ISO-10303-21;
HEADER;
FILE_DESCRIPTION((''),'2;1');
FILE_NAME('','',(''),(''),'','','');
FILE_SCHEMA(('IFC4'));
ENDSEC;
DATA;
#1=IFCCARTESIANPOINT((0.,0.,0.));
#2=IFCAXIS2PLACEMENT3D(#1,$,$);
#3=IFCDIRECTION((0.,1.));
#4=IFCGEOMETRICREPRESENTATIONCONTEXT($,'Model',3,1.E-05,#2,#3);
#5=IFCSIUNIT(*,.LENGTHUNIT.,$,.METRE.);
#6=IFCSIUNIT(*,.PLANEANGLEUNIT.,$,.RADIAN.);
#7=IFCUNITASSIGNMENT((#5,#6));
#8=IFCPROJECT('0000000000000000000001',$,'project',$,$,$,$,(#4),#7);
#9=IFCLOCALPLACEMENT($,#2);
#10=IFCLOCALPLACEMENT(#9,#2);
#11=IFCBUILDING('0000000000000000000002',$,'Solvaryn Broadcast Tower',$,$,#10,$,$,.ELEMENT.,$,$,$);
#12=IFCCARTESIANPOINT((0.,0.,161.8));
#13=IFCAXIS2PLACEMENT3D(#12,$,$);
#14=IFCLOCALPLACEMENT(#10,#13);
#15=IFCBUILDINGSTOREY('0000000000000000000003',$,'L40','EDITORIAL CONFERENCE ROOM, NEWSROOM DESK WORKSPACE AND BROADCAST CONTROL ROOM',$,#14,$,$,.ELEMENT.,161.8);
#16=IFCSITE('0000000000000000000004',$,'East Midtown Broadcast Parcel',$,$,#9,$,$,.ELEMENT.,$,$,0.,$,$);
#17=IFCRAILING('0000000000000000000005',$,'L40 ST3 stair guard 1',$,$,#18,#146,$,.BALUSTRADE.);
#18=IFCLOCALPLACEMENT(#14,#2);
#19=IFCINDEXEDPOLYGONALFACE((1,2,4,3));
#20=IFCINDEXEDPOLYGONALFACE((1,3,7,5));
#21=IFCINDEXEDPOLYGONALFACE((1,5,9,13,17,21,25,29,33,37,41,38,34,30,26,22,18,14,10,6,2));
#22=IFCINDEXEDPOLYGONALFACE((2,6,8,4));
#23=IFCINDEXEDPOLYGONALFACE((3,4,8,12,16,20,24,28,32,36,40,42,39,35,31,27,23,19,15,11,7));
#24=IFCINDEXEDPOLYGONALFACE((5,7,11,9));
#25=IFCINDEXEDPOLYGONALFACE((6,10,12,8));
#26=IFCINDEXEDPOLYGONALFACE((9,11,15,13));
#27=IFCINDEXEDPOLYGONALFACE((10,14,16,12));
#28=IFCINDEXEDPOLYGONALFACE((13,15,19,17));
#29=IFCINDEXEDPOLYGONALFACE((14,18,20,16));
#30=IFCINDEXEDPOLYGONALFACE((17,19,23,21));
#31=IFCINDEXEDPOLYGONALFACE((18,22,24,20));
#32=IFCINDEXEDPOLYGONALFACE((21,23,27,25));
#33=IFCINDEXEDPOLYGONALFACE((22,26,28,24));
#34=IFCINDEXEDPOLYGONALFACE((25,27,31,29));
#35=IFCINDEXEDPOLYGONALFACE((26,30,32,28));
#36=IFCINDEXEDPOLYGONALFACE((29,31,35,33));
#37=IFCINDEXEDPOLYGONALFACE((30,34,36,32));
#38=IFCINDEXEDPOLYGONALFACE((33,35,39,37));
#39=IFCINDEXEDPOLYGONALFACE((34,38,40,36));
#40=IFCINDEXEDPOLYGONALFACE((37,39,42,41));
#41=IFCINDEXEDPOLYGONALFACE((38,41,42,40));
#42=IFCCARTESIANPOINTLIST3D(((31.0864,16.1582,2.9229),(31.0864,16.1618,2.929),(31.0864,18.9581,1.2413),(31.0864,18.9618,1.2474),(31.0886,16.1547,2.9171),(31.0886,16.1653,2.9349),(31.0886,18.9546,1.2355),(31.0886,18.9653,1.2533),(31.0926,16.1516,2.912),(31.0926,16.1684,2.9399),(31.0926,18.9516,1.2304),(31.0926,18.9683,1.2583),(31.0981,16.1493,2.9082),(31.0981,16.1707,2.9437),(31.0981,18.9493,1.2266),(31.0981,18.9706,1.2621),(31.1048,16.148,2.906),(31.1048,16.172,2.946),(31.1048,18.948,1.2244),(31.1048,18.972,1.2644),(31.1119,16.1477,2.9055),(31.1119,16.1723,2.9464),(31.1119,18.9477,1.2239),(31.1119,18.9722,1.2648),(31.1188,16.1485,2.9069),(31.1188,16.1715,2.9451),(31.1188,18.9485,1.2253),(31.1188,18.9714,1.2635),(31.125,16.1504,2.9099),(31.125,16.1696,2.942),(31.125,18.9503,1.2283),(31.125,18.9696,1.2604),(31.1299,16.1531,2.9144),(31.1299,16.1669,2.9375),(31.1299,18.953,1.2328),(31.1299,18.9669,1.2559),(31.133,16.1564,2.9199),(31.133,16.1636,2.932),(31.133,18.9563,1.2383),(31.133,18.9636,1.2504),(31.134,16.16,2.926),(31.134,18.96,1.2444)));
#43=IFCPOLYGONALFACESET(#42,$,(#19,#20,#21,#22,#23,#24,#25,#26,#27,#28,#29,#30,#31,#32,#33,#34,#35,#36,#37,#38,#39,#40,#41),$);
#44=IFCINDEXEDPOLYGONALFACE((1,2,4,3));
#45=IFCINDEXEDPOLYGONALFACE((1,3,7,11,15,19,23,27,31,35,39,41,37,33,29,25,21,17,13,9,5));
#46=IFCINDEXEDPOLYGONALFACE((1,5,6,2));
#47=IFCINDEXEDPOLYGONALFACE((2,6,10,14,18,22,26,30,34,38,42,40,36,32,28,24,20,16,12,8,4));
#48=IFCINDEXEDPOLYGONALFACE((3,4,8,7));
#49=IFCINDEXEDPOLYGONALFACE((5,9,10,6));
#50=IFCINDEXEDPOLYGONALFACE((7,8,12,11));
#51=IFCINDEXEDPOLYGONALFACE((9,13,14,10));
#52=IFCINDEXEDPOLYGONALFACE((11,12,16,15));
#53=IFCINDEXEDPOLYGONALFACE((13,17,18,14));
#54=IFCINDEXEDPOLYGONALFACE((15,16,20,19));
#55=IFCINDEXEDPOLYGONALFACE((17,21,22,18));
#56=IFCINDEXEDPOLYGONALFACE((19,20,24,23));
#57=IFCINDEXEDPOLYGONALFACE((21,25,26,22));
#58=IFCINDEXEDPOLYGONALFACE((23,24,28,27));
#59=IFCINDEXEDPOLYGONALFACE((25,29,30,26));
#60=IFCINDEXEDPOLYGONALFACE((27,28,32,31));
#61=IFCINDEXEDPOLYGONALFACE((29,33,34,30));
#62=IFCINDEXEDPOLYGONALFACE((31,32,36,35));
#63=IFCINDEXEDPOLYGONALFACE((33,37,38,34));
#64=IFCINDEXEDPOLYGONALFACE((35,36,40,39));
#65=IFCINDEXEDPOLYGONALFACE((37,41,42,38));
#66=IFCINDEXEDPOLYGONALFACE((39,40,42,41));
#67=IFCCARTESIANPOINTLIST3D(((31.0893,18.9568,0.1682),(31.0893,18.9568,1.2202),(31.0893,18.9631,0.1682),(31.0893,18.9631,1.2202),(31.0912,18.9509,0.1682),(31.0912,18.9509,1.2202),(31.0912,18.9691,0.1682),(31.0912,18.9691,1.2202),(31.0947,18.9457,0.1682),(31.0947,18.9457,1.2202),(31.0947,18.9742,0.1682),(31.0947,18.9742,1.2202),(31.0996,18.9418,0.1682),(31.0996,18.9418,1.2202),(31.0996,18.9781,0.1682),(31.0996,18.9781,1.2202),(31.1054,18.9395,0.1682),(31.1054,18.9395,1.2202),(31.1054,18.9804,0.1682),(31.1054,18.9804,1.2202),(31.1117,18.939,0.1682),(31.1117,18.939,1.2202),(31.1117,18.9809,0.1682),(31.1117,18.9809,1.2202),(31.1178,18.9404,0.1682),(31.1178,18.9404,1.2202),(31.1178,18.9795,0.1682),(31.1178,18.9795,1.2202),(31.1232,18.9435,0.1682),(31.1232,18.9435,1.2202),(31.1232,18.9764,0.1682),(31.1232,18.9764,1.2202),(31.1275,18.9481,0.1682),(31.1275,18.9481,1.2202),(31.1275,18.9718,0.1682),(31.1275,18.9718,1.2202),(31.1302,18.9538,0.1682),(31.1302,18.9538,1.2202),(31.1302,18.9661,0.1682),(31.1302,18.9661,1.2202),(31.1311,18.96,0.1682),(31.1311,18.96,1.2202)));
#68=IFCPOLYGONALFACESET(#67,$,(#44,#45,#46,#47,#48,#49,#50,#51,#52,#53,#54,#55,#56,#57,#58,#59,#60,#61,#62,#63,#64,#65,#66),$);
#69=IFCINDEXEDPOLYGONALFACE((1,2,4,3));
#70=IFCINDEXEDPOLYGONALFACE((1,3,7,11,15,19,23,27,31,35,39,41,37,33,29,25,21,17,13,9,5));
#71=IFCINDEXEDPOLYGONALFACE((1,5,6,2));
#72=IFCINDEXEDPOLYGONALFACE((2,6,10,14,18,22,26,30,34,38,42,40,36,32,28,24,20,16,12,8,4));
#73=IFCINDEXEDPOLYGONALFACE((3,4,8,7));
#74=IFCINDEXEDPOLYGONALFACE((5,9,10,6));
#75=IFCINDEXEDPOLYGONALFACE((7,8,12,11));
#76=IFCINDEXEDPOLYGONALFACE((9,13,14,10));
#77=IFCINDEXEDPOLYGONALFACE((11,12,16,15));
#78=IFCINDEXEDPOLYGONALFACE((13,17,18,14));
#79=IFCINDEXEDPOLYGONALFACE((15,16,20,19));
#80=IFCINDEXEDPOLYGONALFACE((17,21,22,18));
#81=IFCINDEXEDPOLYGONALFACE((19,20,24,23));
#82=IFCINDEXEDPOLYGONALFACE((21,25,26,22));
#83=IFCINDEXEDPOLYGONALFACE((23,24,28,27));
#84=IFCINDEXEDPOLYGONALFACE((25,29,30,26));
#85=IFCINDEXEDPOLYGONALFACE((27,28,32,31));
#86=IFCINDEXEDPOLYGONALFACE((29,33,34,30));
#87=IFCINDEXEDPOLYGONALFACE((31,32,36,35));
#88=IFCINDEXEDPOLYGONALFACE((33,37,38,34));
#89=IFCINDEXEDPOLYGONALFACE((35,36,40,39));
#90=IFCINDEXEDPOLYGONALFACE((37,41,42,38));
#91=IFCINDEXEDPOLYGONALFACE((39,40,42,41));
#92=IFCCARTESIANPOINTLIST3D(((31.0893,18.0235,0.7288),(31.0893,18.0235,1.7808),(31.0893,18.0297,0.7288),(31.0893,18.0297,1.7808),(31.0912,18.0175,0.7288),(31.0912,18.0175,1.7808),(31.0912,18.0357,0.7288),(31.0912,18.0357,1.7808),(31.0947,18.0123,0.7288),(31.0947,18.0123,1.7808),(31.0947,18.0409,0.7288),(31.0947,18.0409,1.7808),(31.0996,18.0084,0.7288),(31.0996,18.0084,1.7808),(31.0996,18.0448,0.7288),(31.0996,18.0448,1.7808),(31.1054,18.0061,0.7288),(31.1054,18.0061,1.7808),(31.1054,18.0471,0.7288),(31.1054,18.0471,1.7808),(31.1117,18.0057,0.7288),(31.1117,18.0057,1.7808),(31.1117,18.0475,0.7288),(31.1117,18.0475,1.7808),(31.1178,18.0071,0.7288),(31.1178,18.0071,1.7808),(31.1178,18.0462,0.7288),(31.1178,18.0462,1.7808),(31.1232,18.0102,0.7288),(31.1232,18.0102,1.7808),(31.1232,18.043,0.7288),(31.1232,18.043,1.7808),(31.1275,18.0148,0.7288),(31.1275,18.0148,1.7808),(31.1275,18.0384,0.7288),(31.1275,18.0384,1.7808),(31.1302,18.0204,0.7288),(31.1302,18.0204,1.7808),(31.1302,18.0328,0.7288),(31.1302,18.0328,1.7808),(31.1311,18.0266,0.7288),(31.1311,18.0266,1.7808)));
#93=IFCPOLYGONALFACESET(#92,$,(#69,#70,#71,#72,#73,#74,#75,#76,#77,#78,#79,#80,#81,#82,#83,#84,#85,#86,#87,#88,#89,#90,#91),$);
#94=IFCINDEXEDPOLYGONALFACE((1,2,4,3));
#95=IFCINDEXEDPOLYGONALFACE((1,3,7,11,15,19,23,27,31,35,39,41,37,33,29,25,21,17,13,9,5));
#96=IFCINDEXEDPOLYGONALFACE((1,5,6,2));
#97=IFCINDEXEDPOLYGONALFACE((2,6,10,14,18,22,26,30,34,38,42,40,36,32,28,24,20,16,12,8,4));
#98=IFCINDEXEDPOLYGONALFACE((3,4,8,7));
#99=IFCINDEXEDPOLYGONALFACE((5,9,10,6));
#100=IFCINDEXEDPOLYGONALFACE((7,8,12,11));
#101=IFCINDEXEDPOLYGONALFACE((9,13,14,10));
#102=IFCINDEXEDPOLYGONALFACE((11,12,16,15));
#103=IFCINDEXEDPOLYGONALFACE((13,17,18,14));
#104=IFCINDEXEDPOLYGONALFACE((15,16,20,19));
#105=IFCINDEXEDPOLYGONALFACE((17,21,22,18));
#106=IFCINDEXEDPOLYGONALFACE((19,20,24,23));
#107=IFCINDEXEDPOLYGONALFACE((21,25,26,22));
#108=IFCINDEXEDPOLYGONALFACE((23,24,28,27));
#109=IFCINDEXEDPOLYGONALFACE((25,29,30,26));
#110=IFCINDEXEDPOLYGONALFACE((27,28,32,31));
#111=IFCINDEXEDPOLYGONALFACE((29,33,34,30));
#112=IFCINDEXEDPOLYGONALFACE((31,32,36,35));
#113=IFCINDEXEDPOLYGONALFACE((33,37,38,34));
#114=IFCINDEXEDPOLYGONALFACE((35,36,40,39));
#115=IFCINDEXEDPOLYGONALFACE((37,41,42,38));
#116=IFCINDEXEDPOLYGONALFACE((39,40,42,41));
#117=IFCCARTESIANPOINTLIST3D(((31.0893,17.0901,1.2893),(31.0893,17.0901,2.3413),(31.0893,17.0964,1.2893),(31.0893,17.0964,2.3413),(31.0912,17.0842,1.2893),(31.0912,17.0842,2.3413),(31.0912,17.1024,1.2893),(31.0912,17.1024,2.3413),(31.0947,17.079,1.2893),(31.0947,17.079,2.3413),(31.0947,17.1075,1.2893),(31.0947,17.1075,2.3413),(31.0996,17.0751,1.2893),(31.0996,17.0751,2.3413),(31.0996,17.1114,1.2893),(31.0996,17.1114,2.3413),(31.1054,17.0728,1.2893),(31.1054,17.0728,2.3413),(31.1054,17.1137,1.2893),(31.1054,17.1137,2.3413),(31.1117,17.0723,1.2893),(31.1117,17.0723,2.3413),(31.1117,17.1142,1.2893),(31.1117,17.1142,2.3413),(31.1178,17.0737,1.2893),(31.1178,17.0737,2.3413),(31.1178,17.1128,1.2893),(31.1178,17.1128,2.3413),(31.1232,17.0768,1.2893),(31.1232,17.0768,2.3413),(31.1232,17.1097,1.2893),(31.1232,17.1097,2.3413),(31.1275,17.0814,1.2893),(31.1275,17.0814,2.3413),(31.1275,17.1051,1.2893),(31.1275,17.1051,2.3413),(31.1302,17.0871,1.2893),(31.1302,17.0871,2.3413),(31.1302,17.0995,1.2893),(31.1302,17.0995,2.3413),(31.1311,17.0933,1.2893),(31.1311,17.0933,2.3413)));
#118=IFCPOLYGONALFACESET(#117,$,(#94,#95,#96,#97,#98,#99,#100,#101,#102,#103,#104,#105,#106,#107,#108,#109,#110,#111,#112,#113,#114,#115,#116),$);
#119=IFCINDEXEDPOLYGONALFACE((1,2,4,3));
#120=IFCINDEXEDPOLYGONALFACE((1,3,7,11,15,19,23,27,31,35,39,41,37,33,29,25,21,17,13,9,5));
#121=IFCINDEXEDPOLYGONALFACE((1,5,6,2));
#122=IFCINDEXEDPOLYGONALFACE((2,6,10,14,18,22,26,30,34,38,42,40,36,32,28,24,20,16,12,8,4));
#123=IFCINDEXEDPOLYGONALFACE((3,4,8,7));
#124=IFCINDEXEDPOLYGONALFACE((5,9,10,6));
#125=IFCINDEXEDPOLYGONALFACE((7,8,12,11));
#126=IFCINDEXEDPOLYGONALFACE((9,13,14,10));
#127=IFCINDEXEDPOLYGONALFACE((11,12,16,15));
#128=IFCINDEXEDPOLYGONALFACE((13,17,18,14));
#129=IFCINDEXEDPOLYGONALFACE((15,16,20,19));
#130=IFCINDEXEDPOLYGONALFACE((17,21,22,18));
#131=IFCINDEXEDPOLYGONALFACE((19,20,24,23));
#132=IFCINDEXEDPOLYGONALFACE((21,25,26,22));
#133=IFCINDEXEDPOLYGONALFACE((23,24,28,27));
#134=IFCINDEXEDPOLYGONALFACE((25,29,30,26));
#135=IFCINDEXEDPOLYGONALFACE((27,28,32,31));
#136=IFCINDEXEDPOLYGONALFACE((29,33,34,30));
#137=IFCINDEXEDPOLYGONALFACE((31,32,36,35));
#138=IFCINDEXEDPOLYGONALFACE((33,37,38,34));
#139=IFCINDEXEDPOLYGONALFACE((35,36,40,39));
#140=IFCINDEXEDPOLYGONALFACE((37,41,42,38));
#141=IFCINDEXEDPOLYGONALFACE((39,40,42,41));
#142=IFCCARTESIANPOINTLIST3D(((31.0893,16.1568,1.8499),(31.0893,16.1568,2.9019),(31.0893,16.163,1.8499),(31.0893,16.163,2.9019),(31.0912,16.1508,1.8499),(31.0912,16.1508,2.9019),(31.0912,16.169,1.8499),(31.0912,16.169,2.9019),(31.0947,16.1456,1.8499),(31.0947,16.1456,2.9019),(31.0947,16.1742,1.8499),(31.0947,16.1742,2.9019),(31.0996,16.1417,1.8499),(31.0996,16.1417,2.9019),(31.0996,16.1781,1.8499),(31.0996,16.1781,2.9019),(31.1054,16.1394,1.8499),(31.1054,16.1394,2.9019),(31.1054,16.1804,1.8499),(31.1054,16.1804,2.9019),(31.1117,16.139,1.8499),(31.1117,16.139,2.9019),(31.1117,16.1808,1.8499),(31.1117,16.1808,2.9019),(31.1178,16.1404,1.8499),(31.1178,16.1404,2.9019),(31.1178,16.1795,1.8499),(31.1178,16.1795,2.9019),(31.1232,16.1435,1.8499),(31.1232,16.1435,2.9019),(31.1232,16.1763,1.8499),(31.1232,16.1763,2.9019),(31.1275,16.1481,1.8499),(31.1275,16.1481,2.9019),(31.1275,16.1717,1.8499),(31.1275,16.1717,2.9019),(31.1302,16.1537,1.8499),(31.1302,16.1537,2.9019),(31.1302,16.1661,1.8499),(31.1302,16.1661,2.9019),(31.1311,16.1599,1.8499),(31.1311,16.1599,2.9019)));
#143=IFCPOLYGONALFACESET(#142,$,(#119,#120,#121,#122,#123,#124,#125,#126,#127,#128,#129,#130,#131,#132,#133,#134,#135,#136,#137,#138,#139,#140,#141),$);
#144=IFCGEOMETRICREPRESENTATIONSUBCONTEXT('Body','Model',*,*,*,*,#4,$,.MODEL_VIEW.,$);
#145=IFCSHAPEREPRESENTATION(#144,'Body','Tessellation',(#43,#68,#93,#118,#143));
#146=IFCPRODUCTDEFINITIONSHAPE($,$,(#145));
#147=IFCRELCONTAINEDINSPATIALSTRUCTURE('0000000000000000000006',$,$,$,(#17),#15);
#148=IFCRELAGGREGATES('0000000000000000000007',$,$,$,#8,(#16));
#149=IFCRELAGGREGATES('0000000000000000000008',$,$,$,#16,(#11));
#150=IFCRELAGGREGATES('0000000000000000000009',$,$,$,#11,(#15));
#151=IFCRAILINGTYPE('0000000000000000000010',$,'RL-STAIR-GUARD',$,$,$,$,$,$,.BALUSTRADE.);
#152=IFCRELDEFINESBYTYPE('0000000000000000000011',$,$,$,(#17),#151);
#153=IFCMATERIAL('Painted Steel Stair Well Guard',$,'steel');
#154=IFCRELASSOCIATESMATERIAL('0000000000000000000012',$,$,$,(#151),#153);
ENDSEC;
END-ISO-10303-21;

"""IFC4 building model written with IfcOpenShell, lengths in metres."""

from ifc_helpers import new_model, si_unit, direction, frame, origin, origin_2d, place, context, subcontext, project, spatial, circle, extrude, material, type_object, element, save


model = new_model("IFC4")

# Units and contexts
model_context = context("Model", 3, precision=1e-05, world=origin(), true_north=direction((0.0, 1.0)))
body_context = subcontext(model_context, "Body", "Model", "MODEL_VIEW")
ifc_project = project(units=[si_unit("LENGTHUNIT", "METRE"), si_unit("PLANEANGLEUNIT", "RADIAN")], contexts=[model_context])

# Site, building, storey
site_placement = place(None, origin())
site = spatial("IfcSite", under=ifc_project, at=site_placement, Name="East Midtown Broadcast Parcel", CompositionType="ELEMENT", RefElevation=0.0)
building_placement = place(site_placement, origin())
building = spatial("IfcBuilding", under=site, at=building_placement, Name="Solvaryn Broadcast Tower", CompositionType="ELEMENT")
storey_placement = place(building_placement, frame((0.0, 0.0, 161.8)))
storey = spatial("IfcBuildingStorey", under=building, at=storey_placement, Name="L40", Description="EDITORIAL CONFERENCE ROOM, NEWSROOM DESK WORKSPACE AND BROADCAST CONTROL ROOM", CompositionType="ELEMENT", Elevation=161.8)

# Railing
ifc_material_1 = material(Name="Painted Steel Stair Well Guard", Category="steel")
railing_type_1 = type_object("IfcRailingType", Name="RL-STAIR-GUARD", PredefinedType="BALUSTRADE", material=ifc_material_1)
railing_1_placement = place(storey_placement, frame((31.1101, 18.96, 0.1682)))
element("IfcRailing", 1, at=railing_1_placement, inside=storey, type_object=railing_type_1, Name="L40 ST3 stair guard 1", PredefinedType="BALUSTRADE", context=body_context, shape_type="SweptSolid", body=[
    extrude(circle(Radius=0.0239, at=origin_2d()), frame((0.0, 0.0, 1.0762), z_axis=(0.0, -0.857275, 0.514858), x_axis=(1.0, 0.0, 0.0)), (0.0, 0.0, 1.0), 3.2661),
    extrude(circle(Radius=0.021, at=origin_2d()), origin(), (0.0, 0.0, 1.0), 1.052),
    extrude(circle(Radius=0.021, at=origin_2d()), frame((0.0, -0.9333, 0.5605)), (0.0, 0.0, 1.0), 1.052),
    extrude(circle(Radius=0.021, at=origin_2d()), frame((0.0, -1.8667, 1.1211)), (0.0, 0.0, 1.0), 1.052),
    extrude(circle(Radius=0.021, at=origin_2d()), frame((0.0, -2.8, 1.6816)), (0.0, 0.0, 1.0), 1.052),
])

save(model, "model.ifc")
